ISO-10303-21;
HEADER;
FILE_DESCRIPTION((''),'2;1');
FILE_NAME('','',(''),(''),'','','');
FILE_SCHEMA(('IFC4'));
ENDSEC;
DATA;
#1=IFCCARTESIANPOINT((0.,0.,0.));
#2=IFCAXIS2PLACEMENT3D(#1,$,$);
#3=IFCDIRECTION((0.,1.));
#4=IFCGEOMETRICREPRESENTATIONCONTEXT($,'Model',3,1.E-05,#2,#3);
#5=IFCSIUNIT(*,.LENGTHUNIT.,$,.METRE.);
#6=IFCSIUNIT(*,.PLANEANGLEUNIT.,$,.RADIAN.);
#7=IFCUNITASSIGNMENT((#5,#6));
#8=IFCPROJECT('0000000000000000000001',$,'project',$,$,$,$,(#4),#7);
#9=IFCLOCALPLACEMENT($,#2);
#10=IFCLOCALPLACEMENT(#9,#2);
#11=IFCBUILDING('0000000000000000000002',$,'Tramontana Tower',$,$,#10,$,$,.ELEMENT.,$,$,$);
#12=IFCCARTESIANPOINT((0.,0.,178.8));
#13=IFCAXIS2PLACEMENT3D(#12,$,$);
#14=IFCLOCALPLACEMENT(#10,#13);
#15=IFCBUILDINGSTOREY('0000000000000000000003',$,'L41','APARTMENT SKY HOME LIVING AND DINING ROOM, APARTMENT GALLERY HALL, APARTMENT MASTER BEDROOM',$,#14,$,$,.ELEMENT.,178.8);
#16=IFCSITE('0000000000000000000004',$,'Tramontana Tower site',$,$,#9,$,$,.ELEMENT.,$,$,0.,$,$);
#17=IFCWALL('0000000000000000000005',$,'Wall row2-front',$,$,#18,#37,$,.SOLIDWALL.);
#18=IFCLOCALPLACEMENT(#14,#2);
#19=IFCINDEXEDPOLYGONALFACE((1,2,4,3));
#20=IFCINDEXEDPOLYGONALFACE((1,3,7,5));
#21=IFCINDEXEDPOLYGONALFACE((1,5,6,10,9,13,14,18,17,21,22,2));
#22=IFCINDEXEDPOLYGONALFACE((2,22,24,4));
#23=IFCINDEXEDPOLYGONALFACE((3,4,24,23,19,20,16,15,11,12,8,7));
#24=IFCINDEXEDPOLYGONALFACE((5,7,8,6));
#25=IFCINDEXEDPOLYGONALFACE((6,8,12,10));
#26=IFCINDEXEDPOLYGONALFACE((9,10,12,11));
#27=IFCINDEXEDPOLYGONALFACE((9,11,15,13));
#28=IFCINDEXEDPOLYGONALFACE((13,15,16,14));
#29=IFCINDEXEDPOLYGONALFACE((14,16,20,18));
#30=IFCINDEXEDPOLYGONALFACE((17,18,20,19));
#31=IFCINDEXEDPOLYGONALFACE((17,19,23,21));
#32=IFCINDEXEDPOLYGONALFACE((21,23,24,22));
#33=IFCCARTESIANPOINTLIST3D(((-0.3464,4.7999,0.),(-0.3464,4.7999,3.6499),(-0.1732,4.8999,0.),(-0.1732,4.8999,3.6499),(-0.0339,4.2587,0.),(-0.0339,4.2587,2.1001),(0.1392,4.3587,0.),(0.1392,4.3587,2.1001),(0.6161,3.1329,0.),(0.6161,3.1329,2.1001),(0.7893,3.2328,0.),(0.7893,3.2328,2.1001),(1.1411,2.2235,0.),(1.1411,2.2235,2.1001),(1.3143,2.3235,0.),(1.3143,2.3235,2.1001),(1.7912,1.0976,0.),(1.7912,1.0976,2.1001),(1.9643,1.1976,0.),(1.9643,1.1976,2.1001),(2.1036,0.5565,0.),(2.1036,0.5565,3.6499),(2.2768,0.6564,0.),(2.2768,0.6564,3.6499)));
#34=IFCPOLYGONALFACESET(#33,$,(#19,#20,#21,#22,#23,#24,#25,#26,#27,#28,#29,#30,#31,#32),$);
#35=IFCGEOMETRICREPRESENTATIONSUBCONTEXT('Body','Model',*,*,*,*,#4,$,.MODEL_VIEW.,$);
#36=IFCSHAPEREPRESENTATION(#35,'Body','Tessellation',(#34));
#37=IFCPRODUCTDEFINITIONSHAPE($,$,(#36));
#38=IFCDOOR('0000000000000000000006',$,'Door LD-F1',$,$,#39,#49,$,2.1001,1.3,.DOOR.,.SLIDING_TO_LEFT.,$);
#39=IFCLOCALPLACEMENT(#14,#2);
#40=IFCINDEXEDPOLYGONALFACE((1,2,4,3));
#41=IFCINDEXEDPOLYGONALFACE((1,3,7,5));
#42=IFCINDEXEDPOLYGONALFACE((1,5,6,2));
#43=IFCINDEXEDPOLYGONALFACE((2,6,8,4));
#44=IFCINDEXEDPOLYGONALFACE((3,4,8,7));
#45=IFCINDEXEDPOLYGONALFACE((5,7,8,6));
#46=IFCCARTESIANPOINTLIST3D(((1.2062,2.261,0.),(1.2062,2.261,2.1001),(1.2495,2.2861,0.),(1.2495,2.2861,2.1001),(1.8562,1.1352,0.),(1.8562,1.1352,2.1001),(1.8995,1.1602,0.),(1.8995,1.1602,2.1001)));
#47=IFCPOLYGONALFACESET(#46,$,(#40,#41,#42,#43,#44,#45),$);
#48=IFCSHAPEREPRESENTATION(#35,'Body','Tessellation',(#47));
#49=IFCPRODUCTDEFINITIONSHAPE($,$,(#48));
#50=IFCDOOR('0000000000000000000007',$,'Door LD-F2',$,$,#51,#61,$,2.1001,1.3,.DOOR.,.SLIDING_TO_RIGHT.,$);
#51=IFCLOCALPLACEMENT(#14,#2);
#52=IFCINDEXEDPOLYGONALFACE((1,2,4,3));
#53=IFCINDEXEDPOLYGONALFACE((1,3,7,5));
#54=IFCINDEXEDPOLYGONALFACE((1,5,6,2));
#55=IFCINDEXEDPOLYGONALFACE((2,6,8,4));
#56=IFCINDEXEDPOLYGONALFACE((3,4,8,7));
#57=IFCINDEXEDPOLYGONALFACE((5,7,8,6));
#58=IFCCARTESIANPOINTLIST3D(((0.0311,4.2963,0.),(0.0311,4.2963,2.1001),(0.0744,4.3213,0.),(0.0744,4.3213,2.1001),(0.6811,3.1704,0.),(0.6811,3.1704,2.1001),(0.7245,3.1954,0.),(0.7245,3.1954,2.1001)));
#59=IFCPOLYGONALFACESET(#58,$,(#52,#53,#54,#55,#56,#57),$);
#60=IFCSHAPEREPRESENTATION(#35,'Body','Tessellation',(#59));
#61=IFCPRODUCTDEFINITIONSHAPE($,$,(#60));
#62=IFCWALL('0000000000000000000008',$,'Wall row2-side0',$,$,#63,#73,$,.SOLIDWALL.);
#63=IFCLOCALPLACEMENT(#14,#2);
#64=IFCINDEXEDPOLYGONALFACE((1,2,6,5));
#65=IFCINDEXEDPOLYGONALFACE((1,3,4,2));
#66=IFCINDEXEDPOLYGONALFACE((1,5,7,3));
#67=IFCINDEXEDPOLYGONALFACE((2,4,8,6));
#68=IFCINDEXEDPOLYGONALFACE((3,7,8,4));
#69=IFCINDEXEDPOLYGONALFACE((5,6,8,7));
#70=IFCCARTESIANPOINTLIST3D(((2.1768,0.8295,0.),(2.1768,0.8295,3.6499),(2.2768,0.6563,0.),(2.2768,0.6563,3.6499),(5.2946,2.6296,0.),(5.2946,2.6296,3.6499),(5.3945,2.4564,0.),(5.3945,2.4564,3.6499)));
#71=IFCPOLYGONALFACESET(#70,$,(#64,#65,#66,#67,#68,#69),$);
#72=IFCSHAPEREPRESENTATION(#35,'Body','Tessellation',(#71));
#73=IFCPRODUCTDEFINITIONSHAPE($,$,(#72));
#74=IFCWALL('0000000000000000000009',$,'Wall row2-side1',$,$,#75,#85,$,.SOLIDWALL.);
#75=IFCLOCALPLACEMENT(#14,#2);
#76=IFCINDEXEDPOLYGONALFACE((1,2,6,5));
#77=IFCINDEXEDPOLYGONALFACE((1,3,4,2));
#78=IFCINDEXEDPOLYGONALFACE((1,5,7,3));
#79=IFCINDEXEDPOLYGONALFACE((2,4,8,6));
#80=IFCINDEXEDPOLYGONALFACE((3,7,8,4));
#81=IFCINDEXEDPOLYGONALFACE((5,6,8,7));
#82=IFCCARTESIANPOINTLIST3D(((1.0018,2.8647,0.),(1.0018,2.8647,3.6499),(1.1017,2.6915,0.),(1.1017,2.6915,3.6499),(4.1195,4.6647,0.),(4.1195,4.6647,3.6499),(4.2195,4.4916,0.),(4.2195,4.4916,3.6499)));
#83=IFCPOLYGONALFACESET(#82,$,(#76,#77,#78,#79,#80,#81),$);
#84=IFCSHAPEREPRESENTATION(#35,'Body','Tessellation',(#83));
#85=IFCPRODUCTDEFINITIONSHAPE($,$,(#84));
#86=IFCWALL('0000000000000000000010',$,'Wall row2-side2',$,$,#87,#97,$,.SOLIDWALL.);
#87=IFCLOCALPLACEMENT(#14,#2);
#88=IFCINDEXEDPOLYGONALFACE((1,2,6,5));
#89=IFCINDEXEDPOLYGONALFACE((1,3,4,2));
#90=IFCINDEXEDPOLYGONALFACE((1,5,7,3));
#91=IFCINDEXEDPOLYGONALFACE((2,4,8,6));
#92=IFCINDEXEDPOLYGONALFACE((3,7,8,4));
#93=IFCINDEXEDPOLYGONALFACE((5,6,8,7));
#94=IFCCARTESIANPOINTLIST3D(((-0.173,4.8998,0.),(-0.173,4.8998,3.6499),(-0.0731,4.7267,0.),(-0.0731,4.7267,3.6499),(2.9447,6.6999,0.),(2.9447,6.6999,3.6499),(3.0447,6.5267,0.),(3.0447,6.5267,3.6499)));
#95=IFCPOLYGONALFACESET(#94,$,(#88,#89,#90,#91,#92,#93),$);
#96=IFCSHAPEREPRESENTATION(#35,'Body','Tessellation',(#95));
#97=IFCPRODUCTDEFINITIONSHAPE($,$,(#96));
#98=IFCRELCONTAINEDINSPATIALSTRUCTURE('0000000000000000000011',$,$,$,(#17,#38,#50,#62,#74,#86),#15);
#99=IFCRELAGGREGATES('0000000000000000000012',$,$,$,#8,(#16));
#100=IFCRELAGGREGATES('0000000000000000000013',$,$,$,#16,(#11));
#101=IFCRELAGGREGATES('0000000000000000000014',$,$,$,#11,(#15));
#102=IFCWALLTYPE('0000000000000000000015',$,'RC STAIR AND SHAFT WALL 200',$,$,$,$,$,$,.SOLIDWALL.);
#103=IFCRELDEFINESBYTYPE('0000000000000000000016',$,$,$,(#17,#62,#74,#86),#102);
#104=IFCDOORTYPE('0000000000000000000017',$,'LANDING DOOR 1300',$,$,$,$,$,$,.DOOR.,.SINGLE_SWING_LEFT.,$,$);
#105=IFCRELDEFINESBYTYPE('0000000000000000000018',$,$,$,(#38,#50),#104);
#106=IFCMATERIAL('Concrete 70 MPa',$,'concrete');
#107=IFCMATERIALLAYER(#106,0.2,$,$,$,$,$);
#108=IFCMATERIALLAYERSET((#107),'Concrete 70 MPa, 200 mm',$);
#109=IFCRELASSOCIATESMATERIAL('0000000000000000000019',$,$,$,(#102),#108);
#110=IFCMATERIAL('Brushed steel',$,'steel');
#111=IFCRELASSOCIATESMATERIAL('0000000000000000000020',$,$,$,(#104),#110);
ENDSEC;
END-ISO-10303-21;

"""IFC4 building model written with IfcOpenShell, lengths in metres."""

from ifc_helpers import new_model, si_unit, direction, frame, frame_2d, origin, place, context, subcontext, project, spatial, rectangle, extrude, material, layer, layer_set, type_object, element, fill, save


model = new_model("IFC4")

# Units and contexts
model_context = context("Model", 3, precision=1e-05, world=origin(), true_north=direction((0.0, 1.0)))
body_context = subcontext(model_context, "Body", "Model", "MODEL_VIEW")
ifc_project = project(units=[si_unit("LENGTHUNIT", "METRE"), si_unit("PLANEANGLEUNIT", "RADIAN")], contexts=[model_context])

# Site, building, storey
site_placement = place(None, origin())
site = spatial("IfcSite", under=ifc_project, at=site_placement, Name="Tramontana Tower site", CompositionType="ELEMENT", RefElevation=0.0)
building_placement = place(site_placement, origin())
building = spatial("IfcBuilding", under=site, at=building_placement, Name="Tramontana Tower", CompositionType="ELEMENT")
storey_placement = place(building_placement, frame((0.0, 0.0, 178.8)))
storey = spatial("IfcBuildingStorey", under=building, at=storey_placement, Name="L41", Description="APARTMENT SKY HOME LIVING AND DINING ROOM, APARTMENT GALLERY HALL, APARTMENT MASTER BEDROOM", CompositionType="ELEMENT", Elevation=178.8)

# Shared definitions
ifc_material_1 = material(Name="Concrete 70 MPa", Category="concrete")
ifc_layer_1 = layer(ifc_material_1, 0.2)
ifc_layer_set_1 = layer_set([ifc_layer_1], Name="Concrete 70 MPa, 200 mm")
wall_type_1 = type_object("IfcWallType", Name="RC STAIR AND SHAFT WALL 200", PredefinedType="SOLIDWALL", material=ifc_layer_set_1)

# Wall, openings, doors
wall_1_placement = place(storey_placement, frame((2.1902, 0.6064, 0.0), z_axis=(0.0, 0.0, 1.0), x_axis=(-0.500003, 0.866024, 0.0)))
wall_1 = element("IfcWall", 1, at=wall_1_placement, inside=storey, type_object=wall_type_1, Name="Wall row2-front", PredefinedType="SOLIDWALL", context=body_context, shape_type="SweptSolid", body=[
    extrude(rectangle(XDim=4.8999, YDim=0.2, at=frame_2d((2.45, 0.0))), origin(), (0.0, 0.0, 1.0), 3.6499),
])
opening_1_placement = place(wall_1_placement, frame((0.625, 0.0, 0.0)))
opening_1 = element("IfcOpeningElement", 2, at=opening_1_placement, cuts=wall_1, PredefinedType="OPENING", context=body_context, shape_type="SweptSolid", body=[
    extrude(rectangle(XDim=1.3, YDim=2.1001, at=frame_2d((0.6499, 1.05))), frame((0.0, 0.1099, 0.0), z_axis=(0.0, -1.0, 0.0), x_axis=(1.0, 0.0, 0.0)), (0.0, 0.0, 1.0), 0.22),
])
opening_2_placement = place(wall_1_placement, frame((2.9751, 0.0, 0.0)))
opening_2 = element("IfcOpeningElement", 3, at=opening_2_placement, cuts=wall_1, PredefinedType="OPENING", context=body_context, shape_type="SweptSolid", body=[
    extrude(rectangle(XDim=1.3, YDim=2.1001, at=frame_2d((0.6499, 1.05))), frame((0.0, 0.1099, 0.0), z_axis=(0.0, -1.0, 0.0), x_axis=(1.0, 0.0, 0.0)), (0.0, 0.0, 1.0), 0.22),
])
ifc_material_2 = material(Name="Brushed steel", Category="steel")
door_type_1 = type_object("IfcDoorType", Name="LANDING DOOR 1300", OperationType="SINGLE_SWING_LEFT", PredefinedType="DOOR", material=ifc_material_2)
door_1_placement = place(opening_1_placement, origin())
door_1 = element("IfcDoor", 4, at=door_1_placement, inside=storey, type_object=door_type_1, Name="Door LD-F1", OperationType="SLIDING_TO_LEFT", OverallHeight=2.1001, OverallWidth=1.3, PredefinedType="DOOR", context=body_context, shape_type="SweptSolid", body=[
    extrude(rectangle(XDim=1.3, YDim=2.1001, at=frame_2d((0.6499, 1.05))), frame((0.0, 0.0249, 0.0), z_axis=(0.0, -1.0, 0.0), x_axis=(1.0, 0.0, 0.0)), (0.0, 0.0, 1.0), 0.05),
])
fill(opening_1, door_1)
door_2_placement = place(opening_2_placement, origin())
door_2 = element("IfcDoor", 5, at=door_2_placement, inside=storey, type_object=door_type_1, Name="Door LD-F2", OperationType="SLIDING_TO_RIGHT", OverallHeight=2.1001, OverallWidth=1.3, PredefinedType="DOOR", context=body_context, shape_type="SweptSolid", body=[
    extrude(rectangle(XDim=1.3, YDim=2.1001, at=frame_2d((0.6499, 1.05))), frame((0.0, 0.0249, 0.0), z_axis=(0.0, -1.0, 0.0), x_axis=(1.0, 0.0, 0.0)), (0.0, 0.0, 1.0), 0.05),
])
fill(opening_2, door_2)

# Walls
for number, where, z_axis, x_axis, name in (
    (6, (2.2268, 0.7429, 0.0), (0.0, 0.0, 1.0), (0.866018, 0.500012, 0.0), "Wall row2-side0"),
    (7, (1.0518, 2.7781, 0.0), (0.0, 0.0, 1.0), (0.866018, 0.500012, 0.0), "Wall row2-side1"),
    (8, (-0.123, 4.8132, 0.0), (0.0, 0.0, 1.0), (0.866018, 0.500012, 0.0), "Wall row2-side2"),
):
    element("IfcWall", number, at=place(storey_placement, frame(where, z_axis=z_axis, x_axis=x_axis)), inside=storey, type_object=wall_type_1, Name=name, PredefinedType="SOLIDWALL", context=body_context, shape_type="SweptSolid", body=[
        extrude(rectangle(XDim=3.6001, YDim=0.2, at=frame_2d((1.8, 0.0))), origin(), (0.0, 0.0, 1.0), 3.6499),
    ])

save(model, "model.ifc")
